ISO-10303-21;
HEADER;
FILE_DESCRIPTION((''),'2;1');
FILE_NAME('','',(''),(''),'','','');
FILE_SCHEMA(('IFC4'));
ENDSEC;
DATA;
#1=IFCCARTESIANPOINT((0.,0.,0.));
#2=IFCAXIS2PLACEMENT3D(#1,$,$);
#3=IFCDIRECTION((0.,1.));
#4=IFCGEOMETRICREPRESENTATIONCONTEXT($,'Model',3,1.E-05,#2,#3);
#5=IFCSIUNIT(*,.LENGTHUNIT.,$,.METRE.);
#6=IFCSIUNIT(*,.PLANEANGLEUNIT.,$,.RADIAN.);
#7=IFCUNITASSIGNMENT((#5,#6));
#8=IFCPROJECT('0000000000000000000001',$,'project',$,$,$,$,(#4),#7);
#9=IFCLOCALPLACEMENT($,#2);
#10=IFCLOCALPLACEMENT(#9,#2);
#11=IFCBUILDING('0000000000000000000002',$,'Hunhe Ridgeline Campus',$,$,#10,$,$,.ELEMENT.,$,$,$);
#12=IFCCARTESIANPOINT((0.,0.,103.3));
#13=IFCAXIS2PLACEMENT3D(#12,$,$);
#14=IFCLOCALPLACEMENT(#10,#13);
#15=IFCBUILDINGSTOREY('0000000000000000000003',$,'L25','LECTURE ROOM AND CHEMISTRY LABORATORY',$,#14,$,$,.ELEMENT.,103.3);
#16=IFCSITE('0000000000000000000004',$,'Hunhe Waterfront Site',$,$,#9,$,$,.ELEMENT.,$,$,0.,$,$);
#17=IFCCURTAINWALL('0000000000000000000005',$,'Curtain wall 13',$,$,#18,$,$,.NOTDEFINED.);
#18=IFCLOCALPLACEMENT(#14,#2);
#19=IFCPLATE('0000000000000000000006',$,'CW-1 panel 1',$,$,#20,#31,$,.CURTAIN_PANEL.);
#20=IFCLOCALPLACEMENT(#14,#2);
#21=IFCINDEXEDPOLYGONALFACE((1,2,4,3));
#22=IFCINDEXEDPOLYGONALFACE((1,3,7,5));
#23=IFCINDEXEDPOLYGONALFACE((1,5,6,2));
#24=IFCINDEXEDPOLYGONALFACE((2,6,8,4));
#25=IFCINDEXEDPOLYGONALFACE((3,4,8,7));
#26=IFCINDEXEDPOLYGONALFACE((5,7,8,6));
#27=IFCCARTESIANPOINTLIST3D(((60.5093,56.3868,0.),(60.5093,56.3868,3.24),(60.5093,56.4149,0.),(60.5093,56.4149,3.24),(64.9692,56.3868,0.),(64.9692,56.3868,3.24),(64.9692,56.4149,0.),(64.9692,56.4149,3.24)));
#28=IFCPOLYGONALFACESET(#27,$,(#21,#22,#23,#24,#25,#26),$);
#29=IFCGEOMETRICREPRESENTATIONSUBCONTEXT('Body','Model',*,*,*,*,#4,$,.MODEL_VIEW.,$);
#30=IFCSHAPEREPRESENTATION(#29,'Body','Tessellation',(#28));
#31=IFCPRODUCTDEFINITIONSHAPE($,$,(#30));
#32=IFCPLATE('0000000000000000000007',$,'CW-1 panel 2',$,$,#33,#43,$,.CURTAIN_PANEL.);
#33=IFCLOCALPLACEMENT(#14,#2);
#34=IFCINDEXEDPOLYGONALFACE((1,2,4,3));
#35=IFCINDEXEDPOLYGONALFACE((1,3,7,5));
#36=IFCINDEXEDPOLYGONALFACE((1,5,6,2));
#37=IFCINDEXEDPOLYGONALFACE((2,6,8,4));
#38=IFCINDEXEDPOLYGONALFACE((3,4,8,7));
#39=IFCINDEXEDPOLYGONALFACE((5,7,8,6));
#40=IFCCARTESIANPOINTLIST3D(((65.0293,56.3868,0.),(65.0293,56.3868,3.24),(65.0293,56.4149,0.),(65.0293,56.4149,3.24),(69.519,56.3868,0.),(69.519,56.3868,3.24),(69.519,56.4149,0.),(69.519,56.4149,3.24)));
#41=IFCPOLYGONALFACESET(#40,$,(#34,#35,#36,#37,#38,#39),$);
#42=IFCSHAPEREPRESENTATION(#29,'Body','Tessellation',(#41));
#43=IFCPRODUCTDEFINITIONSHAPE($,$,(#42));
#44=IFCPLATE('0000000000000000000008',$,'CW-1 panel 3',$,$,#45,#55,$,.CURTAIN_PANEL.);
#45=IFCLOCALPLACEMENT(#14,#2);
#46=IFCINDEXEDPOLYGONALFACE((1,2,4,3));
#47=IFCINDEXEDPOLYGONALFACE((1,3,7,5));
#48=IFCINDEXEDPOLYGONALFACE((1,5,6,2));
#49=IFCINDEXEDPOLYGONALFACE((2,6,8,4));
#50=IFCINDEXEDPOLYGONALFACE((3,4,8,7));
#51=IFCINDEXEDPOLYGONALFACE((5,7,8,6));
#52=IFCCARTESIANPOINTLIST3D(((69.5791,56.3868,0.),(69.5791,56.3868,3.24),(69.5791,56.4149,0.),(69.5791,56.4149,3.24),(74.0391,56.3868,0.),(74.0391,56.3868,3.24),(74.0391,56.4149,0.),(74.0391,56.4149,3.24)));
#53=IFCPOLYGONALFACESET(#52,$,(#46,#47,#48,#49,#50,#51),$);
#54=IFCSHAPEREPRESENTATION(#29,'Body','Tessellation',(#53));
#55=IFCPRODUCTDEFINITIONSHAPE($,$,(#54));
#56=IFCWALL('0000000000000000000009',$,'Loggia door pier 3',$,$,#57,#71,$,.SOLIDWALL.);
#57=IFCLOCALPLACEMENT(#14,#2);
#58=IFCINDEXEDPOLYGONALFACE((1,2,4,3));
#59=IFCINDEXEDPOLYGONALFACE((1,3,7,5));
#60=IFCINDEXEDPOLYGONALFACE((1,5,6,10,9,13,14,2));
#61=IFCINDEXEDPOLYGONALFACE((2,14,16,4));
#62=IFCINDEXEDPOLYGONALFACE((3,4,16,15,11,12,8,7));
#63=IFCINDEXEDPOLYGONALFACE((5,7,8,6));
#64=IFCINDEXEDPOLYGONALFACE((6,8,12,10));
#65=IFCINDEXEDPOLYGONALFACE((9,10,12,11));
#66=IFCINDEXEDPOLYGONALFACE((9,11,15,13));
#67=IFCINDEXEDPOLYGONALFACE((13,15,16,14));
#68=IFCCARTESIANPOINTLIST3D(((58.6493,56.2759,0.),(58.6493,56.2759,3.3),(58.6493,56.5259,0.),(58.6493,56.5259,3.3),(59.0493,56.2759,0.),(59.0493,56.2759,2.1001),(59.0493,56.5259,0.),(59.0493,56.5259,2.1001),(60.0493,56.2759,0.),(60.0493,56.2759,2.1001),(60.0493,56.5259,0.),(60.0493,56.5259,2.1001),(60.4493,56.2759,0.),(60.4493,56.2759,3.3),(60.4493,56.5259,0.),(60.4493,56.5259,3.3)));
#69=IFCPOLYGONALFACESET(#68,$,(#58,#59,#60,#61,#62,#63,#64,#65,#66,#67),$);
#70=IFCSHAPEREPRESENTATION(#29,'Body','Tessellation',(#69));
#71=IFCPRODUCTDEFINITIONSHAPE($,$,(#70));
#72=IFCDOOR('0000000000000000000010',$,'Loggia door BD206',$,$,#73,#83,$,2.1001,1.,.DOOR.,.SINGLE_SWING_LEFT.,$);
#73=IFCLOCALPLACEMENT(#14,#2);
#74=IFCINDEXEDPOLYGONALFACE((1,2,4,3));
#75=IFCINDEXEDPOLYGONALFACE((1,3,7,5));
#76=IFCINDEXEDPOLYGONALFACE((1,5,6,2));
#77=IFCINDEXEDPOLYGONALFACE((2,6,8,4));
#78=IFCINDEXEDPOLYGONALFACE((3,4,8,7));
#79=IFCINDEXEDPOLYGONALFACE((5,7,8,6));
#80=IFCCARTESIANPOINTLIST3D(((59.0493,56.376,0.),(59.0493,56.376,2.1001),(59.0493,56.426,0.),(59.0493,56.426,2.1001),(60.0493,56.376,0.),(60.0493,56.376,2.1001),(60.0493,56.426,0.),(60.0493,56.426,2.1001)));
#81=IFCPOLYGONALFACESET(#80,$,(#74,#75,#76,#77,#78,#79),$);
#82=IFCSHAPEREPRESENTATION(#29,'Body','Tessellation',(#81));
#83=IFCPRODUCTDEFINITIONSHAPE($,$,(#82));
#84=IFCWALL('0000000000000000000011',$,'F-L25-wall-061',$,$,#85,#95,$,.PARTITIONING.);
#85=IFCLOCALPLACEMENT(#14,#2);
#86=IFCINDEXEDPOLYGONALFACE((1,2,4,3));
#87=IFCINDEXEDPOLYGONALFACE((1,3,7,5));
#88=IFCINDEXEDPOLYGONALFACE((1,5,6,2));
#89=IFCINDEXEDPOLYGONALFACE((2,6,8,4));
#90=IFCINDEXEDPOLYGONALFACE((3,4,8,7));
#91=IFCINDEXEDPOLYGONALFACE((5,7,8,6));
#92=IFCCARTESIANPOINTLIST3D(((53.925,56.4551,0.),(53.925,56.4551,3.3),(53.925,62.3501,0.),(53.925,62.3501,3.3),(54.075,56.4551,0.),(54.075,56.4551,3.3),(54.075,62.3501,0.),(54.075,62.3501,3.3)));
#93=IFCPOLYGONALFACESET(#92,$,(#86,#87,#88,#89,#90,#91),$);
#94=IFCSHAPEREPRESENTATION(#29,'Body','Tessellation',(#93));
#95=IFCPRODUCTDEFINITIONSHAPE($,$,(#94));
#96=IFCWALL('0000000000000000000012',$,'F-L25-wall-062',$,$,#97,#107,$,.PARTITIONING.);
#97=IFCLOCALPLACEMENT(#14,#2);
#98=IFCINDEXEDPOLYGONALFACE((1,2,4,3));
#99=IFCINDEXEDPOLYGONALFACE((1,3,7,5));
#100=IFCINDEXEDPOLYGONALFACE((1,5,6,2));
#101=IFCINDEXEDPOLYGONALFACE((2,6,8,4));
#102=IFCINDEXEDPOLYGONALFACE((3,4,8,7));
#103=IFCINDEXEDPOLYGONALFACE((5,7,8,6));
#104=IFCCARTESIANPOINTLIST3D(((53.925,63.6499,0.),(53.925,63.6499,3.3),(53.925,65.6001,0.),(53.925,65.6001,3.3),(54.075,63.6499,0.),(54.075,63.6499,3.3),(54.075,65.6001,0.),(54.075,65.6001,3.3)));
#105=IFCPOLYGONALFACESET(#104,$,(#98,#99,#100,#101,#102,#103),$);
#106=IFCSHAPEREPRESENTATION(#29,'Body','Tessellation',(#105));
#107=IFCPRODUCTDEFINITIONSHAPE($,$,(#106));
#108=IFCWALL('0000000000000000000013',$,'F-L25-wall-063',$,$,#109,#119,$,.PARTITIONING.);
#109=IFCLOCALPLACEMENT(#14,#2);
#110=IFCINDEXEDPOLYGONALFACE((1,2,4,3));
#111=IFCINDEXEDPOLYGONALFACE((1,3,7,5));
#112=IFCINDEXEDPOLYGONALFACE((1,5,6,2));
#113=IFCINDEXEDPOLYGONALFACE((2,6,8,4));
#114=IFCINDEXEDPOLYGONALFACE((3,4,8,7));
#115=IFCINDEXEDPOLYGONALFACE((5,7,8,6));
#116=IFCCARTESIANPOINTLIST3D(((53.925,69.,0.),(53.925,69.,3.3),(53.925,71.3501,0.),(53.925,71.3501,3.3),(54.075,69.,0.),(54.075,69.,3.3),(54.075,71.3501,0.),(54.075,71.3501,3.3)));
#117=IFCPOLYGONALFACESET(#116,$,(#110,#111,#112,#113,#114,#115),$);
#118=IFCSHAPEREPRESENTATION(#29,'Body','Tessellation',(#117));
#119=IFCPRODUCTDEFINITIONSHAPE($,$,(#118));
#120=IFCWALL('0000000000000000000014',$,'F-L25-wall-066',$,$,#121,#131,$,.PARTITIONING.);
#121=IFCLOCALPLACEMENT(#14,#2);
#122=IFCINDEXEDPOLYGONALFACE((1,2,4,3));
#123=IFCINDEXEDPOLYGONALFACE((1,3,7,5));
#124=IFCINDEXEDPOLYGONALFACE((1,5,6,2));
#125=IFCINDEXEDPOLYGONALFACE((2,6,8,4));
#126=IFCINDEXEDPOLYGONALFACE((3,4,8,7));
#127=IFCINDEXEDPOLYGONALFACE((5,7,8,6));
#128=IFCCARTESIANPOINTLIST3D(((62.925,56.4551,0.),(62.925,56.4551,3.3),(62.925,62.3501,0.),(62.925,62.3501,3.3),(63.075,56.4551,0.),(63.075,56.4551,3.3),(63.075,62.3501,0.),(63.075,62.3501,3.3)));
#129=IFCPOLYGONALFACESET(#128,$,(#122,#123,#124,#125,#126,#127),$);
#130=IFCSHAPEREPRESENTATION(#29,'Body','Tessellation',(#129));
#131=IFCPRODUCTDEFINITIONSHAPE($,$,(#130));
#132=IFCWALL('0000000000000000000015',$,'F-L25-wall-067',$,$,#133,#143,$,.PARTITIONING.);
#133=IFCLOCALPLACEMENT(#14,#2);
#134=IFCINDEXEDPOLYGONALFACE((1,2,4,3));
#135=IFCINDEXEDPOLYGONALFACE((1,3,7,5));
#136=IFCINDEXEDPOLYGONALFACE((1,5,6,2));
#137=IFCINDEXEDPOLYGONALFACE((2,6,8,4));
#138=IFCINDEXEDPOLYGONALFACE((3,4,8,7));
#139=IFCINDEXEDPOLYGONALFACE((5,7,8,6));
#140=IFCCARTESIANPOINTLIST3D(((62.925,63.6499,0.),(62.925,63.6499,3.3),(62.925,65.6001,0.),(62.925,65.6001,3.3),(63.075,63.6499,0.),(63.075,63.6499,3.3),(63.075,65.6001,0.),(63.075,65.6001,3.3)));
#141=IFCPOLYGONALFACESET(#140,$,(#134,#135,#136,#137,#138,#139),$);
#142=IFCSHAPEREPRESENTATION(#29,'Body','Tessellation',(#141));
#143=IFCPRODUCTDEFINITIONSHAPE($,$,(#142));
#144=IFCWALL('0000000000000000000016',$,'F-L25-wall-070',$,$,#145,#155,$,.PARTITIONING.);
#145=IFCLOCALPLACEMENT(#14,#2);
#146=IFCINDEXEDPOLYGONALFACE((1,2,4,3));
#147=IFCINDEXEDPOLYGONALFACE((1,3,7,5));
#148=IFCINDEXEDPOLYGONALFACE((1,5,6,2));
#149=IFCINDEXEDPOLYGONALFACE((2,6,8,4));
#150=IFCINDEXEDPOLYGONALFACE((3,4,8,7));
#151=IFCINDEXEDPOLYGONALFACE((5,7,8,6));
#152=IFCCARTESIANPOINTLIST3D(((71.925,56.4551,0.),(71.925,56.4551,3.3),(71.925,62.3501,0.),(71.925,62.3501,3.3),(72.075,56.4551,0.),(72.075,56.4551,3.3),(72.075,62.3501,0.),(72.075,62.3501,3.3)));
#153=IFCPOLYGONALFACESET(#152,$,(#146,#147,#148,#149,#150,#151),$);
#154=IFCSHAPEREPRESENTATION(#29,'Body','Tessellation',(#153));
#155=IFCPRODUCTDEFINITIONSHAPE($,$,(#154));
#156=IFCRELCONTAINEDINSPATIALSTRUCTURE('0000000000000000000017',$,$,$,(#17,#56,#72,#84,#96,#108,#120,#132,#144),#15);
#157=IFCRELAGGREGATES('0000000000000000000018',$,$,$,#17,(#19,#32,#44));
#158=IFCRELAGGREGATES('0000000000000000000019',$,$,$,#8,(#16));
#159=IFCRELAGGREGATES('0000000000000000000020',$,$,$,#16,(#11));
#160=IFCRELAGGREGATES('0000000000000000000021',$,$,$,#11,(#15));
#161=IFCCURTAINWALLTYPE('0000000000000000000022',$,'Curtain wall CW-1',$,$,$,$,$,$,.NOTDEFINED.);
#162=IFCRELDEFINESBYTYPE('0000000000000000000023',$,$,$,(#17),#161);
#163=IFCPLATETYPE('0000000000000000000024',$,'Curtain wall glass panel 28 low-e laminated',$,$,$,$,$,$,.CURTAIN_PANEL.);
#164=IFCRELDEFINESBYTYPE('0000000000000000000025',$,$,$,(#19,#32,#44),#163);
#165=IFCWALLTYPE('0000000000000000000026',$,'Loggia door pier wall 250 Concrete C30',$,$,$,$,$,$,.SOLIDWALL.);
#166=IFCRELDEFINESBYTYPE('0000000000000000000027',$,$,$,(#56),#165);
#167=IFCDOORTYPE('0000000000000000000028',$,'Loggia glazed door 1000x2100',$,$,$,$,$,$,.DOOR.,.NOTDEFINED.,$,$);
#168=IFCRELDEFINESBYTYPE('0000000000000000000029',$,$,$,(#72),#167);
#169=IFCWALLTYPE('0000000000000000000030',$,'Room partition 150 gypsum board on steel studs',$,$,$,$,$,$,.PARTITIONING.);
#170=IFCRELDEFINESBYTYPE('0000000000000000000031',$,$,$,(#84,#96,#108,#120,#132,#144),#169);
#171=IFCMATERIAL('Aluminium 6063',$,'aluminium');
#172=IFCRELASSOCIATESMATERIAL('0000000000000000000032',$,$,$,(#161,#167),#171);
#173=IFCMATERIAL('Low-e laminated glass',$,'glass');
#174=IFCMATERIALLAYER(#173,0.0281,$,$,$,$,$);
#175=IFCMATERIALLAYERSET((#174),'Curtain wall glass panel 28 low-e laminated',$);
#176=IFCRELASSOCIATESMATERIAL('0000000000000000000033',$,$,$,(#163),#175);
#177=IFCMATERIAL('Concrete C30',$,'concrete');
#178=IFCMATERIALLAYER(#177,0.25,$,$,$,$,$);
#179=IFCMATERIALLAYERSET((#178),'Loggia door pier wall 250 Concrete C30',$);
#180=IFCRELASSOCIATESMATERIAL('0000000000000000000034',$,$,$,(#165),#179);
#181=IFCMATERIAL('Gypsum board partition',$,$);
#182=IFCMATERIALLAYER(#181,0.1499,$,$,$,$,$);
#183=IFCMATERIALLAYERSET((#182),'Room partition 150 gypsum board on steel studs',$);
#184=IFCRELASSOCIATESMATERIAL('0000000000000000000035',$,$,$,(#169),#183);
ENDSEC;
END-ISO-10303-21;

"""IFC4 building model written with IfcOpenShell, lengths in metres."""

from ifc_helpers import new_model, si_unit, direction, frame, frame_2d, origin, origin_2d, place, context, subcontext, project, spatial, rectangle, extrude, material, layer, layer_set, type_object, element, fill, aggregate, save


model = new_model("IFC4")

# Units and contexts
model_context = context("Model", 3, precision=1e-05, world=origin(), true_north=direction((0.0, 1.0)))
body_context = subcontext(model_context, "Body", "Model", "MODEL_VIEW")
ifc_project = project(units=[si_unit("LENGTHUNIT", "METRE"), si_unit("PLANEANGLEUNIT", "RADIAN")], contexts=[model_context])

# Site, building, storey
site_placement = place(None, origin())
site = spatial("IfcSite", under=ifc_project, at=site_placement, Name="Hunhe Waterfront Site", CompositionType="ELEMENT", RefElevation=0.0)
building_placement = place(site_placement, origin())
building = spatial("IfcBuilding", under=site, at=building_placement, Name="Hunhe Ridgeline Campus", CompositionType="ELEMENT")
storey_placement = place(building_placement, frame((0.0, 0.0, 103.3)))
storey = spatial("IfcBuildingStorey", under=building, at=storey_placement, Name="L25", Description="LECTURE ROOM AND CHEMISTRY LABORATORY", CompositionType="ELEMENT", Elevation=103.3)

# Curtain wall
ifc_material_1 = material(Name="Aluminium 6063", Category="aluminium")
curtain_wall_type = type_object("IfcCurtainWallType", Name="Curtain wall CW-1", PredefinedType="NOTDEFINED", material=ifc_material_1)
curtain_wall_1_placement = place(storey_placement, origin())
curtain_wall_1 = element("IfcCurtainWall", 1, at=curtain_wall_1_placement, inside=storey, type_object=curtain_wall_type, Name="Curtain wall 13", PredefinedType="NOTDEFINED")

# Plates
ifc_material_2 = material(Name="Low-e laminated glass", Category="glass")
ifc_layer_1 = layer(ifc_material_2, 0.0281)
ifc_layer_set_1 = layer_set([ifc_layer_1], Name="Curtain wall glass panel 28 low-e laminated")
plate_type = type_object("IfcPlateType", Name="Curtain wall glass panel 28 low-e laminated", PredefinedType="CURTAIN_PANEL", material=ifc_layer_set_1)
plate_1_placement = place(storey_placement, frame((62.7393, 56.4009, 0.0), z_axis=(0.0, 0.0, 1.0), x_axis=(1.0, 0.0, 0.0)))
plate_1 = element("IfcPlate", 2, at=plate_1_placement, type_object=plate_type, Name="CW-1 panel 1", PredefinedType="CURTAIN_PANEL", context=body_context, shape_type="SweptSolid", body=[
    extrude(rectangle(XDim=4.46, YDim=0.0281, at=origin_2d()), origin(), (0.0, 0.0, 1.0), 3.24),
])
plate_2_placement = place(storey_placement, frame((67.2742, 56.4009, 0.0), z_axis=(0.0, 0.0, 1.0), x_axis=(1.0, 0.0, 0.0)))
plate_2 = element("IfcPlate", 3, at=plate_2_placement, type_object=plate_type, Name="CW-1 panel 2", PredefinedType="CURTAIN_PANEL", context=body_context, shape_type="SweptSolid", body=[
    extrude(rectangle(XDim=4.4897, YDim=0.0281, at=origin_2d()), origin(), (0.0, 0.0, 1.0), 3.24),
])
plate_3_placement = place(storey_placement, frame((71.8091, 56.4009, 0.0), z_axis=(0.0, 0.0, 1.0), x_axis=(1.0, 0.0, 0.0)))
plate_3 = element("IfcPlate", 4, at=plate_3_placement, type_object=plate_type, Name="CW-1 panel 3", PredefinedType="CURTAIN_PANEL", context=body_context, shape_type="SweptSolid", body=[
    extrude(rectangle(XDim=4.46, YDim=0.0281, at=origin_2d()), origin(), (0.0, 0.0, 1.0), 3.24),
])
aggregate(curtain_wall_1, [plate_1, plate_2, plate_3])

# Wall, opening, door
ifc_material_3 = material(Name="Concrete C30", Category="concrete")
ifc_layer_2 = layer(ifc_material_3, 0.25)
ifc_layer_set_2 = layer_set([ifc_layer_2], Name="Loggia door pier wall 250 Concrete C30")
wall_type_1 = type_object("IfcWallType", Name="Loggia door pier wall 250 Concrete C30", PredefinedType="SOLIDWALL", material=ifc_layer_set_2)
wall_1_placement = place(storey_placement, frame((58.6494, 56.4009, 0.0), z_axis=(0.0, 0.0, 1.0), x_axis=(1.0, 0.0, 0.0)))
wall_1 = element("IfcWall", 5, at=wall_1_placement, inside=storey, type_object=wall_type_1, Name="Loggia door pier 3", PredefinedType="SOLIDWALL", context=body_context, shape_type="SweptSolid", body=[
    extrude(rectangle(XDim=1.8, YDim=0.25, at=frame_2d((0.8999, 0.0))), origin(), (0.0, 0.0, 1.0), 3.3),
])
opening_placement = place(wall_1_placement, frame((0.3999, 0.0, 0.0)))
opening = element("IfcOpeningElement", 6, at=opening_placement, cuts=wall_1, PredefinedType="OPENING", context=body_context, shape_type="SweptSolid", body=[
    extrude(rectangle(XDim=1.0, YDim=2.1001, at=frame_2d((0.5, 1.05))), frame((0.0, 0.125, 0.0), z_axis=(0.0, -1.0, 0.0), x_axis=(1.0, 0.0, 0.0)), (0.0, 0.0, 1.0), 0.25),
])
door_type = type_object("IfcDoorType", Name="Loggia glazed door 1000x2100", OperationType="NOTDEFINED", PredefinedType="DOOR", material=ifc_material_1)
door_placement = place(opening_placement, frame((1.0, 0.0, 0.0), z_axis=(0.0, 0.0, 1.0), x_axis=(-1.0, 0.0, 0.0)))
door = element("IfcDoor", 7, at=door_placement, inside=storey, type_object=door_type, Name="Loggia door BD206", OperationType="SINGLE_SWING_LEFT", OverallHeight=2.1001, OverallWidth=1.0, PredefinedType="DOOR", context=body_context, shape_type="SweptSolid", body=[
    extrude(rectangle(XDim=1.0, YDim=2.1001, at=frame_2d((0.5, 1.05))), frame((0.0, 0.0249, 0.0), z_axis=(0.0, -1.0, 0.0), x_axis=(1.0, 0.0, 0.0)), (0.0, 0.0, 1.0), 0.05),
])
fill(opening, door)

# Walls
ifc_material_4 = material(Name="Gypsum board partition")
ifc_layer_3 = layer(ifc_material_4, 0.1499)
ifc_layer_set_3 = layer_set([ifc_layer_3], Name="Room partition 150 gypsum board on steel studs")
wall_type_2 = type_object("IfcWallType", Name="Room partition 150 gypsum board on steel studs", PredefinedType="PARTITIONING", material=ifc_layer_set_3)
wall_2_placement = place(storey_placement, frame((54.0, 62.3501, 0.0), z_axis=(0.0, 0.0, 1.0), x_axis=(0.0, -1.0, 0.0)))
element("IfcWall", 8, at=wall_2_placement, inside=storey, type_object=wall_type_2, Name="F-L25-wall-061", PredefinedType="PARTITIONING", context=body_context, shape_type="SweptSolid", body=[
    extrude(rectangle(XDim=5.895, YDim=0.1499, at=frame_2d((2.9475, 0.0))), origin(), (0.0, 0.0, 1.0), 3.3),
])
wall_3_placement = place(storey_placement, frame((54.0, 65.6001, 0.0), z_axis=(0.0, 0.0, 1.0), x_axis=(0.0, -1.0, 0.0)))
element("IfcWall", 9, at=wall_3_placement, inside=storey, type_object=wall_type_2, Name="F-L25-wall-062", PredefinedType="PARTITIONING", context=body_context, shape_type="SweptSolid", body=[
    extrude(rectangle(XDim=1.9502, YDim=0.1499, at=frame_2d((0.9751, 0.0))), origin(), (0.0, 0.0, 1.0), 3.3),
])
wall_4_placement = place(storey_placement, frame((54.0, 71.3501, 0.0), z_axis=(0.0, 0.0, 1.0), x_axis=(0.0, -1.0, 0.0)))
element("IfcWall", 10, at=wall_4_placement, inside=storey, type_object=wall_type_2, Name="F-L25-wall-063", PredefinedType="PARTITIONING", context=body_context, shape_type="SweptSolid", body=[
    extrude(rectangle(XDim=2.3501, YDim=0.1499, at=frame_2d((1.175, 0.0))), origin(), (0.0, 0.0, 1.0), 3.3),
])
wall_5_placement = place(storey_placement, frame((63.0, 62.3501, 0.0), z_axis=(0.0, 0.0, 1.0), x_axis=(0.0, -1.0, 0.0)))
element("IfcWall", 11, at=wall_5_placement, inside=storey, type_object=wall_type_2, Name="F-L25-wall-066", PredefinedType="PARTITIONING", context=body_context, shape_type="SweptSolid", body=[
    extrude(rectangle(XDim=5.895, YDim=0.1499, at=frame_2d((2.9475, 0.0))), origin(), (0.0, 0.0, 1.0), 3.3),
])
wall_6_placement = place(storey_placement, frame((63.0, 65.6001, 0.0), z_axis=(0.0, 0.0, 1.0), x_axis=(0.0, -1.0, 0.0)))
element("IfcWall", 12, at=wall_6_placement, inside=storey, type_object=wall_type_2, Name="F-L25-wall-067", PredefinedType="PARTITIONING", context=body_context, shape_type="SweptSolid", body=[
    extrude(rectangle(XDim=1.9502, YDim=0.1499, at=frame_2d((0.9751, 0.0))), origin(), (0.0, 0.0, 1.0), 3.3),
])
wall_7_placement = place(storey_placement, frame((72.0, 62.3501, 0.0), z_axis=(0.0, 0.0, 1.0), x_axis=(0.0, -1.0, 0.0)))
element("IfcWall", 13, at=wall_7_placement, inside=storey, type_object=wall_type_2, Name="F-L25-wall-070", PredefinedType="PARTITIONING", context=body_context, shape_type="SweptSolid", body=[
    extrude(rectangle(XDim=5.895, YDim=0.1499, at=frame_2d((2.9475, 0.0))), origin(), (0.0, 0.0, 1.0), 3.3),
])

save(model, "model.ifc")
